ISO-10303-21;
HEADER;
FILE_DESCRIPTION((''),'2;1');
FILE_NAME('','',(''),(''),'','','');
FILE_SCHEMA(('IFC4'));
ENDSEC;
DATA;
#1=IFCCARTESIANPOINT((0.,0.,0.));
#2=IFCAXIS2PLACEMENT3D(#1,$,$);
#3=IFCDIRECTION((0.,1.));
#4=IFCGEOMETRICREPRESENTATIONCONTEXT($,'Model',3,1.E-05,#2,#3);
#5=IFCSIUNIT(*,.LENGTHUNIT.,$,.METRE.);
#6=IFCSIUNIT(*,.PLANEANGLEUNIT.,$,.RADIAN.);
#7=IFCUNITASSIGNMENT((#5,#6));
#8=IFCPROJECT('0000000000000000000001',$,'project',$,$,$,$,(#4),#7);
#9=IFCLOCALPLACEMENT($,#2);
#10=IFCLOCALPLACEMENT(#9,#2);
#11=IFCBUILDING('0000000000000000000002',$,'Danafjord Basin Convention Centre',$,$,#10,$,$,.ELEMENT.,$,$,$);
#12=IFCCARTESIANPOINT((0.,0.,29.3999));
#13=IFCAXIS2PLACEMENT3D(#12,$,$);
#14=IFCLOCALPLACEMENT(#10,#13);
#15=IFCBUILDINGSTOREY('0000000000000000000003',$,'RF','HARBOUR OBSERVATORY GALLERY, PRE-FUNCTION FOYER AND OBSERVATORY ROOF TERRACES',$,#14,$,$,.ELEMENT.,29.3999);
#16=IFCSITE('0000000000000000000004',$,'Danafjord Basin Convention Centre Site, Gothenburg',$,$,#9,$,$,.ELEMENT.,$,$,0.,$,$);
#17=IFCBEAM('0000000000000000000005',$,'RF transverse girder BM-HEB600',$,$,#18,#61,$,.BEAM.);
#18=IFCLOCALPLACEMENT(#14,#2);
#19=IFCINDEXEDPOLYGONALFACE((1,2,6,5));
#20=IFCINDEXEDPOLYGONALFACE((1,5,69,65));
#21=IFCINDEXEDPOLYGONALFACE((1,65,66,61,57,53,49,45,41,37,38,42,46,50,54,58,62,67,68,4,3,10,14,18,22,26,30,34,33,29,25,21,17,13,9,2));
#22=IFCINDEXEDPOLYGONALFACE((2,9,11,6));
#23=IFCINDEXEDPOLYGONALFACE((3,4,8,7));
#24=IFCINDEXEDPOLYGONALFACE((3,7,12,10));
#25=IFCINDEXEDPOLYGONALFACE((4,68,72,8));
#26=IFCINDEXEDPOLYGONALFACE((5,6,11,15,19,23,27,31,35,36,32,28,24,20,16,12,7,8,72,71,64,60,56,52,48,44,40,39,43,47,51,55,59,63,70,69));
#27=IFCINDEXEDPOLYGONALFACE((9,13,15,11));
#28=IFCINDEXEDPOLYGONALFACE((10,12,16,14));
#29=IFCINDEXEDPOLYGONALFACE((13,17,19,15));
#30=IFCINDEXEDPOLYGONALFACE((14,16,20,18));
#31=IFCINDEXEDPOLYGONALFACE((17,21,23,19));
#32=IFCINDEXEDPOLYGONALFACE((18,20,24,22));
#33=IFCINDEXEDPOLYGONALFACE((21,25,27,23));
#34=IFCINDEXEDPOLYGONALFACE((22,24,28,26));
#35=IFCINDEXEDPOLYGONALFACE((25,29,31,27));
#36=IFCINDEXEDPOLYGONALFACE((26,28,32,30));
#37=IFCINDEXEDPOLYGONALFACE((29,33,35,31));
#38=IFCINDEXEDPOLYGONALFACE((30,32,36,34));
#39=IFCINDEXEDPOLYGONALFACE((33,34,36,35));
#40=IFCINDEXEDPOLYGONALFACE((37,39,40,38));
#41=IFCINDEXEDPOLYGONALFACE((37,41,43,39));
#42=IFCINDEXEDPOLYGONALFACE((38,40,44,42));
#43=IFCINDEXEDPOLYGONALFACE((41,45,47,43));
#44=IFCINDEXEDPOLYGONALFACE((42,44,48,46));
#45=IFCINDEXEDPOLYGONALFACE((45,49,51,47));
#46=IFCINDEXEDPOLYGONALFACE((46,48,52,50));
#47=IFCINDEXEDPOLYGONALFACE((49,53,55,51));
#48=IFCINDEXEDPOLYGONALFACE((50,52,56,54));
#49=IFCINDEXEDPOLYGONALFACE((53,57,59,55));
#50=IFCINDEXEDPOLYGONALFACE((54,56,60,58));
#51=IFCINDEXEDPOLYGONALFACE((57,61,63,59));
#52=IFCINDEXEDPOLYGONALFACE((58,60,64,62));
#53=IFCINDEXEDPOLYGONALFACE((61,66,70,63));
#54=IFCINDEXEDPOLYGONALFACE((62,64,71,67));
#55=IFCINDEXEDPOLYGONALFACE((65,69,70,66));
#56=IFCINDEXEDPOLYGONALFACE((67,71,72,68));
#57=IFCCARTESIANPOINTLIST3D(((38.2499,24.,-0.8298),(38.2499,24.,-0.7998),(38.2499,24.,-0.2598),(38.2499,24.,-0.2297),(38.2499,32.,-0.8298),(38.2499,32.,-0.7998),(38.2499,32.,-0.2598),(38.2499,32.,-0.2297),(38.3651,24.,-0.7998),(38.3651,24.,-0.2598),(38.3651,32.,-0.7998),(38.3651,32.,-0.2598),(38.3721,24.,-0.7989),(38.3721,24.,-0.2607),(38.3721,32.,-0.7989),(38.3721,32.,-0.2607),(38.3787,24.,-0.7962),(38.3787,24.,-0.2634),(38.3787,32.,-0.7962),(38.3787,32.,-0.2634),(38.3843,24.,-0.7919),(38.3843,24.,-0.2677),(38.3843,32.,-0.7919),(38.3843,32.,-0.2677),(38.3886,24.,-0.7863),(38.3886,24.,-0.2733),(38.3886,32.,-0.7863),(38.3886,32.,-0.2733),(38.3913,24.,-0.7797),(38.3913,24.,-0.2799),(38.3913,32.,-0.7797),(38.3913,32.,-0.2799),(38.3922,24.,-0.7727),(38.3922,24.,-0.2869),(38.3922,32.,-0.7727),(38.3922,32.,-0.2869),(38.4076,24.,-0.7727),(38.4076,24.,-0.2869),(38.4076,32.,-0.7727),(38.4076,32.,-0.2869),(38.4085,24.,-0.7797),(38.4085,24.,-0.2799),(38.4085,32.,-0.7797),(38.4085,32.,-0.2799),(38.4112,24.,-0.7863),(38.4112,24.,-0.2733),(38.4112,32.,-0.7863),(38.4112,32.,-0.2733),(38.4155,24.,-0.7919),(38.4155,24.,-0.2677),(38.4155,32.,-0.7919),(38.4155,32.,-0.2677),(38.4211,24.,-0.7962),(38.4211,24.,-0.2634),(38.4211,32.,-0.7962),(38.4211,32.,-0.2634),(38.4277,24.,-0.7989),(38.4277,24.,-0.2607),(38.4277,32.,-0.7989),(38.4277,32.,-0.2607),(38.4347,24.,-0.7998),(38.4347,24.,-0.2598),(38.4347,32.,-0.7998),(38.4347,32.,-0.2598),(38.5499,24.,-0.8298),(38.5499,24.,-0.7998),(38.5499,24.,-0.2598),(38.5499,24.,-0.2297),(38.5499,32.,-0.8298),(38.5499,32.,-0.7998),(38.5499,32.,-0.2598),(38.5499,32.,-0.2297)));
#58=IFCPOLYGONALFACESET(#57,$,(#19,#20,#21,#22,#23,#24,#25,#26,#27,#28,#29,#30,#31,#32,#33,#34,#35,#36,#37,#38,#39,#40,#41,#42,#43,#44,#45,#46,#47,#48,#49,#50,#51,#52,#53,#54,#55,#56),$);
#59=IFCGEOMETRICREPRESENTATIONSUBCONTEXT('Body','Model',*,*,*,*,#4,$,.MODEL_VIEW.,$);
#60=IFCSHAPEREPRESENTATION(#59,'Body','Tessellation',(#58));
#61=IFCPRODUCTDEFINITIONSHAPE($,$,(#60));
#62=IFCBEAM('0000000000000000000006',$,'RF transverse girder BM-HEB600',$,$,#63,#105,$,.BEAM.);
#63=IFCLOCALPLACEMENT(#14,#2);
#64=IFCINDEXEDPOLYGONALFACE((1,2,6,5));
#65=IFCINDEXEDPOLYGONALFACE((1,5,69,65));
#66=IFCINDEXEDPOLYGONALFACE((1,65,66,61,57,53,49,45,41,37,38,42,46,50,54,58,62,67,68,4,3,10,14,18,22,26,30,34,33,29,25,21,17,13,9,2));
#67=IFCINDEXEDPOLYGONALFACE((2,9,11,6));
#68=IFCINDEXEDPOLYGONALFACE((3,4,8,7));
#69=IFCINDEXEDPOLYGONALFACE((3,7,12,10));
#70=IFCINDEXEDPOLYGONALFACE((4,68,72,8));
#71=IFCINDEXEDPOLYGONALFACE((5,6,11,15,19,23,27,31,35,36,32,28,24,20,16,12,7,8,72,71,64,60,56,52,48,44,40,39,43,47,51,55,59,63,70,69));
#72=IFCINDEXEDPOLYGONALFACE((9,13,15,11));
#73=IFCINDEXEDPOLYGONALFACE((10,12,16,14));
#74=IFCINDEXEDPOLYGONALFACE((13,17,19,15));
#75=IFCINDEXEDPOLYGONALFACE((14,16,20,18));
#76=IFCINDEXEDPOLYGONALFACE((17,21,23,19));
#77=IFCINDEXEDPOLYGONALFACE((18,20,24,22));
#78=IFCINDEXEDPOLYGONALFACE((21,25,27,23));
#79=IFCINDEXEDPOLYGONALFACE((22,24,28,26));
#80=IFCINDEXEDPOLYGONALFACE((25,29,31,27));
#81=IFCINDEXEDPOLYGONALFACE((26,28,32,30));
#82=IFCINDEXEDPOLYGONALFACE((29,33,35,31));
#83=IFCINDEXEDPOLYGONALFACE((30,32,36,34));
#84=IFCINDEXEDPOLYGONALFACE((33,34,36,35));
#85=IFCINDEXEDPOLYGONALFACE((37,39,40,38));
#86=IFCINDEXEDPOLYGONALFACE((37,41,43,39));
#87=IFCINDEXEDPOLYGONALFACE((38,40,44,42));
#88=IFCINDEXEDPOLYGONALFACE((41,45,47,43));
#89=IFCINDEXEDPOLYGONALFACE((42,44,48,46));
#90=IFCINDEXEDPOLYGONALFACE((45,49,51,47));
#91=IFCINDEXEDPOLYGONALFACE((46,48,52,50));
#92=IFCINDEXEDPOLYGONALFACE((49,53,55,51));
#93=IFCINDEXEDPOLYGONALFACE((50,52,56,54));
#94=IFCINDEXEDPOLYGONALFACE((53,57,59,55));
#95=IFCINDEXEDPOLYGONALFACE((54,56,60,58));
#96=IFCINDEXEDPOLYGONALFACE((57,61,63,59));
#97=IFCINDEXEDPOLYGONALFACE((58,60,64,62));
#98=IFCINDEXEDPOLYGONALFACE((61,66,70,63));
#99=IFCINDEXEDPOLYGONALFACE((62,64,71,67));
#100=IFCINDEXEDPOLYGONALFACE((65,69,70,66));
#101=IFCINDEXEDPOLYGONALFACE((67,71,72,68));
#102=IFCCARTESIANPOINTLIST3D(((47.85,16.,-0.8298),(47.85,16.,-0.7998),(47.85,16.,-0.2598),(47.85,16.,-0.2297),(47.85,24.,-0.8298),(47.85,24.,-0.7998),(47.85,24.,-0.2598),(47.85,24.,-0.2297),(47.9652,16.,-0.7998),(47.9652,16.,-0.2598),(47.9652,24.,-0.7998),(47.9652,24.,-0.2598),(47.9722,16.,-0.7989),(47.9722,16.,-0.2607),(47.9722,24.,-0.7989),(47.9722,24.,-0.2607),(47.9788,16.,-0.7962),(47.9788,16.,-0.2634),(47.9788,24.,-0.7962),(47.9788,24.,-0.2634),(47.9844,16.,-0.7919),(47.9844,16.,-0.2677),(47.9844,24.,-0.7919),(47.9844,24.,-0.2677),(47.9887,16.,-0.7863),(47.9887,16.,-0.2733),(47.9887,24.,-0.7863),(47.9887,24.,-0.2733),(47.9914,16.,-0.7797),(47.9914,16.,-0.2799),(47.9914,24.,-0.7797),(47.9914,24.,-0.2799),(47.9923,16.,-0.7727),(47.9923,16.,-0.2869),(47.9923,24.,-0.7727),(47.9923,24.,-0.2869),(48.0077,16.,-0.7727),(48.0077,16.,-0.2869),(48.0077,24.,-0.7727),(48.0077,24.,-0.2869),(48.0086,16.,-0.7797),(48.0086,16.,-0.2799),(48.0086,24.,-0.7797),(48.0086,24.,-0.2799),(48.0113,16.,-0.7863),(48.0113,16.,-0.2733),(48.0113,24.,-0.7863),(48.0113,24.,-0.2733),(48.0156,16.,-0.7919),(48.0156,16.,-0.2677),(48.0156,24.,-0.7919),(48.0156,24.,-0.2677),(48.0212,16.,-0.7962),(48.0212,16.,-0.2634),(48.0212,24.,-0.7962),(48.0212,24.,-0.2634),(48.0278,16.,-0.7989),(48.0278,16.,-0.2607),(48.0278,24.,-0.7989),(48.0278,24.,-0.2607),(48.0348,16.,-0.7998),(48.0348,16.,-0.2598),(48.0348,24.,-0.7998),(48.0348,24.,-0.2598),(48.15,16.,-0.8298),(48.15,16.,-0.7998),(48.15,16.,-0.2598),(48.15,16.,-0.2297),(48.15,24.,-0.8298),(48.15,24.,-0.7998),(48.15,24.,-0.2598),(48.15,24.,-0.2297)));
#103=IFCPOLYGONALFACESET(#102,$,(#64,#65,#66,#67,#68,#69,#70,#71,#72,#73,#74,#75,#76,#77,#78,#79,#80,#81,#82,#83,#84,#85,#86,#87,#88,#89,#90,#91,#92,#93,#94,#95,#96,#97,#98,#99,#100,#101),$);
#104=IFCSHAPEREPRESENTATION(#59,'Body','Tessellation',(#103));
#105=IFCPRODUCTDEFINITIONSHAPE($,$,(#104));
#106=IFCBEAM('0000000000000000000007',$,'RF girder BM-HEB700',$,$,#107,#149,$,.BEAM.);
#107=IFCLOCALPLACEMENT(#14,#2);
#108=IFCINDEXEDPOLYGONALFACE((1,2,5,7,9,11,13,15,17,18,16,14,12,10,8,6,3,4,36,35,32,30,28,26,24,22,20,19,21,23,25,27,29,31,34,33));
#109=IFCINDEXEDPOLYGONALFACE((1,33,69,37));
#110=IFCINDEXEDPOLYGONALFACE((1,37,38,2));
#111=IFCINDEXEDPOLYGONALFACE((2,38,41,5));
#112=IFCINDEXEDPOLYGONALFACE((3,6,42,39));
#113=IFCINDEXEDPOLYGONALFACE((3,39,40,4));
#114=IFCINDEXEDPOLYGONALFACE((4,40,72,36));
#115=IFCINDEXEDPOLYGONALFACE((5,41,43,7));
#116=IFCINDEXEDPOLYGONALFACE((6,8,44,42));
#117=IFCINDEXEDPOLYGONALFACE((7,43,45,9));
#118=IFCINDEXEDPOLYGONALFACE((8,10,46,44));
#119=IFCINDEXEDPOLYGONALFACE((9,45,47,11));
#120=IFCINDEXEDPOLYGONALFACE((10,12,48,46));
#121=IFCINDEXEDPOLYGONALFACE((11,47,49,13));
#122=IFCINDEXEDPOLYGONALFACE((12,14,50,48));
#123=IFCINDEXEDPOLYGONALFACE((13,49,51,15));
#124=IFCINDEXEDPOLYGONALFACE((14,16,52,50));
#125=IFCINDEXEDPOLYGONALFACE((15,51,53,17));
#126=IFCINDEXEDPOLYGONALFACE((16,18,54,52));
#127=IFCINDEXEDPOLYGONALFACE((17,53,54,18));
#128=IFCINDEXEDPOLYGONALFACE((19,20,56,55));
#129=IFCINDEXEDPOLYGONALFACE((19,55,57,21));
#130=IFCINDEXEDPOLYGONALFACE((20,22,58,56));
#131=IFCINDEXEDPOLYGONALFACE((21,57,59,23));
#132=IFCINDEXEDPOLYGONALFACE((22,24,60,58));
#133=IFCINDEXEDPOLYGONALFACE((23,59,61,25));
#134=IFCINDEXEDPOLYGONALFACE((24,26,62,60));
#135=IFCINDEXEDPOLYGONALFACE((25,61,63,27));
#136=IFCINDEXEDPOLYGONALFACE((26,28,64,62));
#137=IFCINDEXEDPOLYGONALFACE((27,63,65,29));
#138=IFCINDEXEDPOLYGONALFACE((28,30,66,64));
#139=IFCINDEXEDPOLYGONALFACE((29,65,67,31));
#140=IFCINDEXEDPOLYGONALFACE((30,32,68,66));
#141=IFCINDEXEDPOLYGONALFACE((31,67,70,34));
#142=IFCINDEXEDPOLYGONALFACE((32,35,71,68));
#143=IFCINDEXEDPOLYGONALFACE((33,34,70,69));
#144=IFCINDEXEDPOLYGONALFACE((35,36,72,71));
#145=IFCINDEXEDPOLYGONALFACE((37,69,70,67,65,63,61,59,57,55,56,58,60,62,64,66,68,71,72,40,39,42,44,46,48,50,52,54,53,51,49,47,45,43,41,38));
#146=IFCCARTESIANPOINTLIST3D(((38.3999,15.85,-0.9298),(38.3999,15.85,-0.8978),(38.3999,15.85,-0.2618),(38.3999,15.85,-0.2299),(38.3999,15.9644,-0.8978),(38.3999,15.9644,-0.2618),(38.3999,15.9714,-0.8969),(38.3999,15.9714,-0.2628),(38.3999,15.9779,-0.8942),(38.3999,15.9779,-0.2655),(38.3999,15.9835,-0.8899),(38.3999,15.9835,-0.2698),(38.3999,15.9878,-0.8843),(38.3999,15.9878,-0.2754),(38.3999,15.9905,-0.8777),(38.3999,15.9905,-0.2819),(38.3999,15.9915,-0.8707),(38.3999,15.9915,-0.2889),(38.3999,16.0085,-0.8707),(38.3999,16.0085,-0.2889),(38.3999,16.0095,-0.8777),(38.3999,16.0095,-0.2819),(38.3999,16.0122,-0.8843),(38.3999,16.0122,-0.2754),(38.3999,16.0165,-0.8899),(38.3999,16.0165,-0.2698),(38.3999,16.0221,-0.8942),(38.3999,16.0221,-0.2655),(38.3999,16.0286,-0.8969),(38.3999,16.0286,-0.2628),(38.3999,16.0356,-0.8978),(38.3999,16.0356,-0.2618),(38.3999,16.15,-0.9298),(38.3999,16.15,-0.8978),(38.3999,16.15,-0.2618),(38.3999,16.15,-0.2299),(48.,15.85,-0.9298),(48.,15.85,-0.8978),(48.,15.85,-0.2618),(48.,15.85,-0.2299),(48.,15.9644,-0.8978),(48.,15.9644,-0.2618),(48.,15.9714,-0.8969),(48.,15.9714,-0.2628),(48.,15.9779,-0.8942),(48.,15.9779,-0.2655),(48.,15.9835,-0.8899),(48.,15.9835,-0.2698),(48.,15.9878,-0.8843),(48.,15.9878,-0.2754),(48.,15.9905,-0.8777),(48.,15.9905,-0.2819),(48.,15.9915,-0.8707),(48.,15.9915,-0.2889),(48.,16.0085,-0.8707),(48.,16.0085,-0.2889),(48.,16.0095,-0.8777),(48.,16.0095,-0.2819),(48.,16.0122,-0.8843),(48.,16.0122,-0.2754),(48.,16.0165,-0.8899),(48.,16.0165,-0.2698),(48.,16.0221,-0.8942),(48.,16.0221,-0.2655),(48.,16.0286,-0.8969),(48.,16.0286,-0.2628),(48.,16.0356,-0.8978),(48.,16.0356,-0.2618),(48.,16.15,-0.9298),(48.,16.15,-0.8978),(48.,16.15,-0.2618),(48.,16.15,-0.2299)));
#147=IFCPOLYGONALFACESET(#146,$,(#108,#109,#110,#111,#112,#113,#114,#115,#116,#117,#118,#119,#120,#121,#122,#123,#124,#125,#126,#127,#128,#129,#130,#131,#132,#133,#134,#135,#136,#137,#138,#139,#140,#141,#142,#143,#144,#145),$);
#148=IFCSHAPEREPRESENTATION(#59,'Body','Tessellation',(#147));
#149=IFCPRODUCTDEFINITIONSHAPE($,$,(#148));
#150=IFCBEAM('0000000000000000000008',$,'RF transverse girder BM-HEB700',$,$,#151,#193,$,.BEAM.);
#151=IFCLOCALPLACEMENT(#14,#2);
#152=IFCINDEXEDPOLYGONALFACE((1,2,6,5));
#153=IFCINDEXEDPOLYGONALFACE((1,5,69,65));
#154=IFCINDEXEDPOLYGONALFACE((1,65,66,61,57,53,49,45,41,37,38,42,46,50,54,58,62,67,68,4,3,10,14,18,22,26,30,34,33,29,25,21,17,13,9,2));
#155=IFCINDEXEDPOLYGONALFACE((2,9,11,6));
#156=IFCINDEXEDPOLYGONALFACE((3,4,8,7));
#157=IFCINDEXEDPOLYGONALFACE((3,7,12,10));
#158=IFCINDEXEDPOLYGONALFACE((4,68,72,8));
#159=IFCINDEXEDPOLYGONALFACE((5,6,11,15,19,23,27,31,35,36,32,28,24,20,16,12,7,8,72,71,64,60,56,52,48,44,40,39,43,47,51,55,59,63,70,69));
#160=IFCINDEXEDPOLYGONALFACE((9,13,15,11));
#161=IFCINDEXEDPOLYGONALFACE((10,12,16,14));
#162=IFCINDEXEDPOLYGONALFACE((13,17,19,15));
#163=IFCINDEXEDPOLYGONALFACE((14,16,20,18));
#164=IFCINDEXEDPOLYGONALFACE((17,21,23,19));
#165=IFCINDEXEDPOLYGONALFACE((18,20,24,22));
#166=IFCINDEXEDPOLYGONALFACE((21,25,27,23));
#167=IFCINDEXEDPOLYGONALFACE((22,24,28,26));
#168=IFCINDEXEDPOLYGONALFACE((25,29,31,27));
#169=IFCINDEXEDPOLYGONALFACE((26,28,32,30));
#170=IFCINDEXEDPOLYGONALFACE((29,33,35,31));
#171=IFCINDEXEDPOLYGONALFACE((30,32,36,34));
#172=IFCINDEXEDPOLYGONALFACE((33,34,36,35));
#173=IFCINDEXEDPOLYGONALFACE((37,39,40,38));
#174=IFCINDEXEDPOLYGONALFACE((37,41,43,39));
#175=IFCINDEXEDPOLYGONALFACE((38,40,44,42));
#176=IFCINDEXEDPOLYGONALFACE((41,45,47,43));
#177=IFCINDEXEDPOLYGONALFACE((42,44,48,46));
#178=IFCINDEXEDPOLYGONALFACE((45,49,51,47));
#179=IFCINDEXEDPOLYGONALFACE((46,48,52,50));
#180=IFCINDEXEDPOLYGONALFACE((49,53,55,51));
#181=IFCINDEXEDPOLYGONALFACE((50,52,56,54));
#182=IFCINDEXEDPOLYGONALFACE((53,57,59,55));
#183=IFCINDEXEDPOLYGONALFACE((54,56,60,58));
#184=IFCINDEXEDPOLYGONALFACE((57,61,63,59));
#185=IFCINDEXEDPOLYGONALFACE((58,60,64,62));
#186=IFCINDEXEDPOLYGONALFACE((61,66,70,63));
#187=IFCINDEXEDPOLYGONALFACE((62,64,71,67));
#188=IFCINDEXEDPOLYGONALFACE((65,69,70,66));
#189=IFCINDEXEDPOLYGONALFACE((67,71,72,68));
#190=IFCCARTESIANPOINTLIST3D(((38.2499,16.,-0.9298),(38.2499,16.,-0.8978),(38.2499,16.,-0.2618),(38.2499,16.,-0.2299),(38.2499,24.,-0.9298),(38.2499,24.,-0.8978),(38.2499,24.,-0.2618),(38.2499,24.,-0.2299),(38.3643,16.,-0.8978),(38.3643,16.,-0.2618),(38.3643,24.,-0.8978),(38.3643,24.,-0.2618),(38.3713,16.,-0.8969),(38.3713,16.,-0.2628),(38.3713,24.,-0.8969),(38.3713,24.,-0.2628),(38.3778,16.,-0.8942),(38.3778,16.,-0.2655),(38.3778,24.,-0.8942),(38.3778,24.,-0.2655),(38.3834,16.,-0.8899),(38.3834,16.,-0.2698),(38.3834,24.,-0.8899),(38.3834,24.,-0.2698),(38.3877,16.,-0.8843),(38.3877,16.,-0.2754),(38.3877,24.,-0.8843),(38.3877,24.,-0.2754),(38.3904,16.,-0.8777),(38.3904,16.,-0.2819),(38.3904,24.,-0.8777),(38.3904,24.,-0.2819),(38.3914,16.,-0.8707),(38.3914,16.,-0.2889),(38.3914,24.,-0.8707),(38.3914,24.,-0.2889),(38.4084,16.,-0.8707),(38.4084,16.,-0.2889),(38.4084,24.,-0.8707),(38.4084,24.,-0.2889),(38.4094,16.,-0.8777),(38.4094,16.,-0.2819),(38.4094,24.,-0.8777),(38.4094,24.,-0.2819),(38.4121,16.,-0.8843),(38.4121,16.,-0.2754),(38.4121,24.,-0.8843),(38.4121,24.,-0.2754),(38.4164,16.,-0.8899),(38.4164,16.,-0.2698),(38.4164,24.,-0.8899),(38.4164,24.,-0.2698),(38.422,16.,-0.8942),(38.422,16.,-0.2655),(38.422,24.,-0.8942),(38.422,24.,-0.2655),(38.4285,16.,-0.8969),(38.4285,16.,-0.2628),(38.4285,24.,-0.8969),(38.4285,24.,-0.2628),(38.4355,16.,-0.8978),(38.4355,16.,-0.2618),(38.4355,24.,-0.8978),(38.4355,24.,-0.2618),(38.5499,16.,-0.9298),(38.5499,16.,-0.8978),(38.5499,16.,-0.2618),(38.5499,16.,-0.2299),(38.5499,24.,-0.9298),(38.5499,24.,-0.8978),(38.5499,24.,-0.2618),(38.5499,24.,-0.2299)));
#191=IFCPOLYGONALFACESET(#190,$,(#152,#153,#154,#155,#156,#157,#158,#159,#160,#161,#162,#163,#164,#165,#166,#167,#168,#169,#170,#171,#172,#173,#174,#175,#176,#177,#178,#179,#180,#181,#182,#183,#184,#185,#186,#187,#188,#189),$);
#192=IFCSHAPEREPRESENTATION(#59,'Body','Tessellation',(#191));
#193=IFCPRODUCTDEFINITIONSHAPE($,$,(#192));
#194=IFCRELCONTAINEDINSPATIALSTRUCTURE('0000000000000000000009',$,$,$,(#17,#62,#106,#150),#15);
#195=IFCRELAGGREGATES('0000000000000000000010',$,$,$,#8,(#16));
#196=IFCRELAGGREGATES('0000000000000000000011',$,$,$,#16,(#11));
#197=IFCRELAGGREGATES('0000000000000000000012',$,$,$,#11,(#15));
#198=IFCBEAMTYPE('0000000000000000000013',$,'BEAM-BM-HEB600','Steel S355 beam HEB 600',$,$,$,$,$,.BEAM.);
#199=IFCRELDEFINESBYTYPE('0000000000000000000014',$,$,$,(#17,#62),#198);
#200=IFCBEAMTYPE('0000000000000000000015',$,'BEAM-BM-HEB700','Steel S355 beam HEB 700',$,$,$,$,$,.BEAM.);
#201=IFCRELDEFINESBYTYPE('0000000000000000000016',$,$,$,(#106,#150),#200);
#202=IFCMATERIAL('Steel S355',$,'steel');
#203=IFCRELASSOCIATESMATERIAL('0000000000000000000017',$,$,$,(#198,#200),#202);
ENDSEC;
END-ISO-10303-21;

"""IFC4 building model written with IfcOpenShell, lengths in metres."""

from ifc_helpers import new_model, si_unit, direction, frame, origin, origin_2d, place, context, subcontext, project, spatial, i_section, extrude, material, material_profile, profile_set, type_object, element, save


model = new_model("IFC4")

# Units and contexts
model_context = context("Model", 3, precision=1e-05, world=origin(), true_north=direction((0.0, 1.0)))
body_context = subcontext(model_context, "Body", "Model", "MODEL_VIEW")
ifc_project = project(units=[si_unit("LENGTHUNIT", "METRE"), si_unit("PLANEANGLEUNIT", "RADIAN")], contexts=[model_context])

# Site, building, storey
site_placement = place(None, origin())
site = spatial("IfcSite", under=ifc_project, at=site_placement, Name="Danafjord Basin Convention Centre Site, Gothenburg", CompositionType="ELEMENT", RefElevation=0.0)
building_placement = place(site_placement, origin())
building = spatial("IfcBuilding", under=site, at=building_placement, Name="Danafjord Basin Convention Centre", CompositionType="ELEMENT")
storey_placement = place(building_placement, frame((0.0, 0.0, 29.3999)))
storey = spatial("IfcBuildingStorey", under=building, at=storey_placement, Name="RF", Description="HARBOUR OBSERVATORY GALLERY, PRE-FUNCTION FOYER AND OBSERVATORY ROOF TERRACES", CompositionType="ELEMENT", Elevation=29.3999)

# Shared definitions
ifc_material_1 = material(Name="Steel S355", Category="steel")

# Beams
ifc_material_profile_1 = material_profile(ifc_material_1, i_section(OverallWidth=0.3, OverallDepth=0.6001, WebThickness=0.0154, FlangeThickness=0.03, FilletRadius=0.0271, at=origin_2d()), Name="HEB 600")
ifc_profile_set_1 = profile_set([ifc_material_profile_1], Name="Steel S355")
beam_type_1 = type_object("IfcBeamType", Name="BEAM-BM-HEB600", Description="Steel S355 beam HEB 600", PredefinedType="BEAM", material=ifc_profile_set_1)
for number, where, z_axis, x_axis, name in (
    (1, (38.3999, 24.0, -0.5298), (0.0, 1.0, 0.0), (-1.0, 0.0, 0.0), "RF transverse girder BM-HEB600"),
    (2, (48.0, 16.0, -0.5298), (0.0, 1.0, 0.0), (-1.0, 0.0, 0.0), "RF transverse girder BM-HEB600"),
):
    element("IfcBeam", number, at=place(storey_placement, frame(where, z_axis=z_axis, x_axis=x_axis)), inside=storey, type_object=beam_type_1, Name=name, PredefinedType="BEAM", context=body_context, shape_type="SweptSolid", body=[
        extrude(i_section(OverallWidth=0.3, OverallDepth=0.6001, WebThickness=0.0154, FlangeThickness=0.03, FilletRadius=0.0271, at=origin_2d()), origin(), (0.0, 0.0, 1.0), 8.0),
    ])
ifc_material_profile_2 = material_profile(ifc_material_1, i_section(OverallWidth=0.3, OverallDepth=0.7, WebThickness=0.0171, FlangeThickness=0.032, FilletRadius=0.0271, at=origin_2d()), Name="HEB 700")
ifc_profile_set_2 = profile_set([ifc_material_profile_2], Name="Steel S355")
beam_type_2 = type_object("IfcBeamType", Name="BEAM-BM-HEB700", Description="Steel S355 beam HEB 700", PredefinedType="BEAM", material=ifc_profile_set_2)
beam_1_placement = place(storey_placement, frame((38.3999, 16.0, -0.5798), z_axis=(1.0, 0.0, 0.0), x_axis=(0.0, 1.0, 0.0)))
element("IfcBeam", 3, at=beam_1_placement, inside=storey, type_object=beam_type_2, Name="RF girder BM-HEB700", PredefinedType="BEAM", context=body_context, shape_type="SweptSolid", body=[
    extrude(i_section(OverallWidth=0.3, OverallDepth=0.7, WebThickness=0.0171, FlangeThickness=0.032, FilletRadius=0.0271, at=origin_2d()), origin(), (0.0, 0.0, 1.0), 9.6001),
])
beam_2_placement = place(storey_placement, frame((38.3999, 16.0, -0.5798), z_axis=(0.0, 1.0, 0.0), x_axis=(-1.0, 0.0, 0.0)))
element("IfcBeam", 4, at=beam_2_placement, inside=storey, type_object=beam_type_2, Name="RF transverse girder BM-HEB700", PredefinedType="BEAM", context=body_context, shape_type="SweptSolid", body=[
    extrude(i_section(OverallWidth=0.3, OverallDepth=0.7, WebThickness=0.0171, FlangeThickness=0.032, FilletRadius=0.0271, at=origin_2d()), origin(), (0.0, 0.0, 1.0), 8.0),
])

save(model, "model.ifc")
